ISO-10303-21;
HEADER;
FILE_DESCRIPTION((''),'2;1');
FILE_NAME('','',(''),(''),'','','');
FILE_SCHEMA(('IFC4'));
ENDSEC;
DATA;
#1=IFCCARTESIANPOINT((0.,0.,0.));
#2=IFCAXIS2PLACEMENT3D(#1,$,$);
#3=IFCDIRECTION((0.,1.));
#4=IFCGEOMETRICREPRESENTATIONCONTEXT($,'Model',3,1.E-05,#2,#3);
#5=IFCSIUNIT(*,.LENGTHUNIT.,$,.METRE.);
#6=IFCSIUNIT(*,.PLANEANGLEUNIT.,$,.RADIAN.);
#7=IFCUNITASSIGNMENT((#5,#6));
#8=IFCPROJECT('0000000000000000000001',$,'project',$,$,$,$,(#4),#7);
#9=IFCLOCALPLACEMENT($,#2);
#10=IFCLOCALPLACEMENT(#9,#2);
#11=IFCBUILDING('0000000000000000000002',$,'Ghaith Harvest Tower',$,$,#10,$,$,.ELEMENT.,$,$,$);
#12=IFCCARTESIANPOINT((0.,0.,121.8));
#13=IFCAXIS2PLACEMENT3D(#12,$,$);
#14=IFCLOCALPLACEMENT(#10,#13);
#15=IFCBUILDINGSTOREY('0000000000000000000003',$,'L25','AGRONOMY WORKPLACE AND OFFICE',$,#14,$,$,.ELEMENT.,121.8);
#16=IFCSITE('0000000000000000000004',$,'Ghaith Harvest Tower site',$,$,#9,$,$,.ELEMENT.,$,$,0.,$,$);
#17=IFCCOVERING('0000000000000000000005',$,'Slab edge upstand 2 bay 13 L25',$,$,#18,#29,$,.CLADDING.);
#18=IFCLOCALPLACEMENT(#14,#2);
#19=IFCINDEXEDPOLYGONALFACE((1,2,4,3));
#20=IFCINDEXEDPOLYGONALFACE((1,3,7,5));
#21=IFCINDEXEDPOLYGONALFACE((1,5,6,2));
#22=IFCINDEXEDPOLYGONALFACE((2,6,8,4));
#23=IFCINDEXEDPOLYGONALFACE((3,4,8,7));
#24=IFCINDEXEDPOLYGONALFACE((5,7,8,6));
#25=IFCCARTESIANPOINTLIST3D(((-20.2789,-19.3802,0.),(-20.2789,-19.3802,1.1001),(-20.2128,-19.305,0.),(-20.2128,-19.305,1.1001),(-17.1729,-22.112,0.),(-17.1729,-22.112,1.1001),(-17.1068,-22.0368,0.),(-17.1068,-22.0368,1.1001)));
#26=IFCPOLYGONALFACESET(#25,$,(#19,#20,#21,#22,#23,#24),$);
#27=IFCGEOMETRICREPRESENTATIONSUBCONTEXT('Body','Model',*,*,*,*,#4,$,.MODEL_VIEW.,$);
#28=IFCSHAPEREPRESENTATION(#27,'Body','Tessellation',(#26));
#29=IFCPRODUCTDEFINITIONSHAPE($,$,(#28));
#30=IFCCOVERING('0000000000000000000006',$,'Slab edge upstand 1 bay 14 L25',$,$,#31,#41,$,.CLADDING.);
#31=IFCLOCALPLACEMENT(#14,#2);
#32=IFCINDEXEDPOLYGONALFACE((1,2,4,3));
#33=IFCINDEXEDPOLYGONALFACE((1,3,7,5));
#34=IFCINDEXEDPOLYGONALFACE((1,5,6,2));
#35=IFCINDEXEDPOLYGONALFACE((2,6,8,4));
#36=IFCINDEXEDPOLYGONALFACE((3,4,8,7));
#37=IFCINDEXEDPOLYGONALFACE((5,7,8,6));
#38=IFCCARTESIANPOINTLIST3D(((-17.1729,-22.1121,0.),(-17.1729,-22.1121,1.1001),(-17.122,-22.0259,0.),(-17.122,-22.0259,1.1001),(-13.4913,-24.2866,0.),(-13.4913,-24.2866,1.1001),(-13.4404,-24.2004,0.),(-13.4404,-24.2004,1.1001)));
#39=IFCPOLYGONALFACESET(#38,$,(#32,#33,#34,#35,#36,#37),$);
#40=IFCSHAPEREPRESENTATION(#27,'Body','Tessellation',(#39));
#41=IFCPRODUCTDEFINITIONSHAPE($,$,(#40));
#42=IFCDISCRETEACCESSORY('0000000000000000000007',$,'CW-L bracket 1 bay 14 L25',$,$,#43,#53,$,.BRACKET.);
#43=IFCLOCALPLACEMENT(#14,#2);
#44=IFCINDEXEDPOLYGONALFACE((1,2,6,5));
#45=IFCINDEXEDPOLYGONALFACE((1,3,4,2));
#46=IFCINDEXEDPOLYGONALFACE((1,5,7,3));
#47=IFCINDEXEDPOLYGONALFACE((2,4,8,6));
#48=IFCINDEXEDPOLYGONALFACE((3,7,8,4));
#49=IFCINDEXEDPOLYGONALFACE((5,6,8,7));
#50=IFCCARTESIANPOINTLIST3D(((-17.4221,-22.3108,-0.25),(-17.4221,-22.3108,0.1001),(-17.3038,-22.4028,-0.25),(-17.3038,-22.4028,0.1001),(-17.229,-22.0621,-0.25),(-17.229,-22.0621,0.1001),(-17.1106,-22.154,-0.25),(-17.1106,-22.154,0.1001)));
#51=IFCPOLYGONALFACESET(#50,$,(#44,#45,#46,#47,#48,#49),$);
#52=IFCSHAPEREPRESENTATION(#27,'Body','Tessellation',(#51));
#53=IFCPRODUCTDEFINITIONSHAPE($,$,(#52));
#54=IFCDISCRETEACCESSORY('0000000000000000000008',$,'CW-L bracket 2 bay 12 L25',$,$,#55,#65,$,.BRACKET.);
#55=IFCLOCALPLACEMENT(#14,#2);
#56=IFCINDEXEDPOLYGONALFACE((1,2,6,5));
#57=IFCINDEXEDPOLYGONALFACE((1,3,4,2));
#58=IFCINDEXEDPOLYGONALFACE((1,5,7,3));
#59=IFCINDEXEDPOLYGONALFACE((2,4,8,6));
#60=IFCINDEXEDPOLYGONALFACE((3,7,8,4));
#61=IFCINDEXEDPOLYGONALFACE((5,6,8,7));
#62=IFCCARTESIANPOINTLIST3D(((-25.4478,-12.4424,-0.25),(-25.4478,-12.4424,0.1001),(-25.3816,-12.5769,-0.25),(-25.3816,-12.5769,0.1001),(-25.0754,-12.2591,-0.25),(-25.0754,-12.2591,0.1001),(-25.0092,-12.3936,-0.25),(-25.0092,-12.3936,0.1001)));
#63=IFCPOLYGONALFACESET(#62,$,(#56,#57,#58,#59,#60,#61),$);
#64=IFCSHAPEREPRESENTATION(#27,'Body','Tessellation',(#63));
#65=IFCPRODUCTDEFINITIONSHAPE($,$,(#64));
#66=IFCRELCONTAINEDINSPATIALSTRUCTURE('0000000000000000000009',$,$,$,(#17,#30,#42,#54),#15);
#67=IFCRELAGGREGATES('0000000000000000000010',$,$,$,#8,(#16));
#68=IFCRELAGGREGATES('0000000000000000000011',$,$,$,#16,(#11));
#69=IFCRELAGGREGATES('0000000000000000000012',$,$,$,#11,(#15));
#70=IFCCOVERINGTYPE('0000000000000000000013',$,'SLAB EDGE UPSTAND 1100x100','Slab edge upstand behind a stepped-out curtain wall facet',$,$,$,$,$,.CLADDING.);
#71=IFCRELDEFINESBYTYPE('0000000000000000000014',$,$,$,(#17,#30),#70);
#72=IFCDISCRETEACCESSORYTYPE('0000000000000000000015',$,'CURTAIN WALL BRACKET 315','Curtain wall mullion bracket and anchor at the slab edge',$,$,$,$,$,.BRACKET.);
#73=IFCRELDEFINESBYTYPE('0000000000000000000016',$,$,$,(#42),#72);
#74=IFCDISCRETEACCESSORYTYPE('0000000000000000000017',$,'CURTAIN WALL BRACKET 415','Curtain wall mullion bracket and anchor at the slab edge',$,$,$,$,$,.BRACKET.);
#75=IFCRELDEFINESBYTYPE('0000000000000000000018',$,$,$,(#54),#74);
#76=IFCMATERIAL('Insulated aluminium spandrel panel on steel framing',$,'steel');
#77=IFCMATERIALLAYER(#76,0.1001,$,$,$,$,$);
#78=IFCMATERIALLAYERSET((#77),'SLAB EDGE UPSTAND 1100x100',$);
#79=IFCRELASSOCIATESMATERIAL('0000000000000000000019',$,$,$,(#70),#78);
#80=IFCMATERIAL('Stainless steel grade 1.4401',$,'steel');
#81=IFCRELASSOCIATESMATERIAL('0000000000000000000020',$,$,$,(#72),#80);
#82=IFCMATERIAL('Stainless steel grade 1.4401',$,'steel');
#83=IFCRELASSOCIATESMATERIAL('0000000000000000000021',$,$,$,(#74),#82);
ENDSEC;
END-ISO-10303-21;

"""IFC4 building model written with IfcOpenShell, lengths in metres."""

from ifc_helpers import new_model, si_unit, direction, frame, origin, origin_2d, place, context, subcontext, project, spatial, rectangle, extrude, material, layer, layer_set, type_object, element, save


model = new_model("IFC4")

# Units and contexts
model_context = context("Model", 3, precision=1e-05, world=origin(), true_north=direction((0.0, 1.0)))
body_context = subcontext(model_context, "Body", "Model", "MODEL_VIEW")
ifc_project = project(units=[si_unit("LENGTHUNIT", "METRE"), si_unit("PLANEANGLEUNIT", "RADIAN")], contexts=[model_context])

# Site, building, storey
site_placement = place(None, origin())
site = spatial("IfcSite", under=ifc_project, at=site_placement, Name="Ghaith Harvest Tower site", CompositionType="ELEMENT", RefElevation=0.0)
building_placement = place(site_placement, origin())
building = spatial("IfcBuilding", under=site, at=building_placement, Name="Ghaith Harvest Tower", CompositionType="ELEMENT")
storey_placement = place(building_placement, frame((0.0, 0.0, 121.8)))
storey = spatial("IfcBuildingStorey", under=building, at=storey_placement, Name="L25", Description="AGRONOMY WORKPLACE AND OFFICE", CompositionType="ELEMENT", Elevation=121.8)

# Coverings
ifc_material_1 = material(Name="Insulated aluminium spandrel panel on steel framing", Category="steel")
ifc_layer_1 = layer(ifc_material_1, 0.1001)
ifc_layer_set_1 = layer_set([ifc_layer_1], Name="SLAB EDGE UPSTAND 1100x100")
covering_type = type_object("IfcCoveringType", Name="SLAB EDGE UPSTAND 1100x100", Description="Slab edge upstand behind a stepped-out curtain wall facet", PredefinedType="CLADDING", material=ifc_layer_set_1)
covering_1_placement = place(storey_placement, frame((-18.6929, -20.7085, 0.0), z_axis=(0.0, 0.0, 1.0), x_axis=(0.750892, -0.660425, 0.0)))
element("IfcCovering", 1, at=covering_1_placement, inside=storey, type_object=covering_type, Name="Slab edge upstand 2 bay 13 L25", PredefinedType="CLADDING", context=body_context, shape_type="SweptSolid", body=[
    extrude(rectangle(XDim=4.1365, YDim=0.1001, at=origin_2d()), origin(), (0.0, 0.0, 1.0), 1.1001),
])
covering_2_placement = place(storey_placement, frame((-15.3066, -23.1562, 0.0), z_axis=(0.0, 0.0, 1.0), x_axis=(0.861021, -0.50857, 0.0)))
element("IfcCovering", 2, at=covering_2_placement, inside=storey, type_object=covering_type, Name="Slab edge upstand 1 bay 14 L25", PredefinedType="CLADDING", context=body_context, shape_type="SweptSolid", body=[
    extrude(rectangle(XDim=4.2759, YDim=0.1001, at=origin_2d()), origin(), (0.0, 0.0, 1.0), 1.1001),
])

# Discrete accessories
ifc_material_2 = material(Name="Stainless steel grade 1.4401", Category="steel")
discrete_accessory_type_1 = type_object("IfcDiscreteAccessoryType", Name="CURTAIN WALL BRACKET 315", Description="Curtain wall mullion bracket and anchor at the slab edge", PredefinedType="BRACKET", material=ifc_material_2)
discrete_accessory_1_placement = place(storey_placement, frame((-17.2664, -22.2324, -0.25), z_axis=(0.0, 0.0, 1.0), x_axis=(-0.613378, -0.78979, 0.0)))
element("IfcDiscreteAccessory", 3, at=discrete_accessory_1_placement, inside=storey, type_object=discrete_accessory_type_1, Name="CW-L bracket 1 bay 14 L25", PredefinedType="BRACKET", context=body_context, shape_type="SweptSolid", body=[
    extrude(rectangle(XDim=0.3149, YDim=0.1499, at=origin_2d()), origin(), (0.0, 0.0, 1.0), 0.3501),
])
ifc_material_3 = material(Name="Stainless steel grade 1.4401", Category="steel")
discrete_accessory_type_2 = type_object("IfcDiscreteAccessoryType", Name="CURTAIN WALL BRACKET 415", Description="Curtain wall mullion bracket and anchor at the slab edge", PredefinedType="BRACKET", material=ifc_material_3)
discrete_accessory_2_placement = place(storey_placement, frame((-25.2285, -12.418, -0.25), z_axis=(0.0, 0.0, 1.0), x_axis=(-0.897201, -0.441622, 0.0)))
element("IfcDiscreteAccessory", 4, at=discrete_accessory_2_placement, inside=storey, type_object=discrete_accessory_type_2, Name="CW-L bracket 2 bay 12 L25", PredefinedType="BRACKET", context=body_context, shape_type="SweptSolid", body=[
    extrude(rectangle(XDim=0.415, YDim=0.1499, at=origin_2d()), origin(), (0.0, 0.0, 1.0), 0.3501),
])

save(model, "model.ifc")
